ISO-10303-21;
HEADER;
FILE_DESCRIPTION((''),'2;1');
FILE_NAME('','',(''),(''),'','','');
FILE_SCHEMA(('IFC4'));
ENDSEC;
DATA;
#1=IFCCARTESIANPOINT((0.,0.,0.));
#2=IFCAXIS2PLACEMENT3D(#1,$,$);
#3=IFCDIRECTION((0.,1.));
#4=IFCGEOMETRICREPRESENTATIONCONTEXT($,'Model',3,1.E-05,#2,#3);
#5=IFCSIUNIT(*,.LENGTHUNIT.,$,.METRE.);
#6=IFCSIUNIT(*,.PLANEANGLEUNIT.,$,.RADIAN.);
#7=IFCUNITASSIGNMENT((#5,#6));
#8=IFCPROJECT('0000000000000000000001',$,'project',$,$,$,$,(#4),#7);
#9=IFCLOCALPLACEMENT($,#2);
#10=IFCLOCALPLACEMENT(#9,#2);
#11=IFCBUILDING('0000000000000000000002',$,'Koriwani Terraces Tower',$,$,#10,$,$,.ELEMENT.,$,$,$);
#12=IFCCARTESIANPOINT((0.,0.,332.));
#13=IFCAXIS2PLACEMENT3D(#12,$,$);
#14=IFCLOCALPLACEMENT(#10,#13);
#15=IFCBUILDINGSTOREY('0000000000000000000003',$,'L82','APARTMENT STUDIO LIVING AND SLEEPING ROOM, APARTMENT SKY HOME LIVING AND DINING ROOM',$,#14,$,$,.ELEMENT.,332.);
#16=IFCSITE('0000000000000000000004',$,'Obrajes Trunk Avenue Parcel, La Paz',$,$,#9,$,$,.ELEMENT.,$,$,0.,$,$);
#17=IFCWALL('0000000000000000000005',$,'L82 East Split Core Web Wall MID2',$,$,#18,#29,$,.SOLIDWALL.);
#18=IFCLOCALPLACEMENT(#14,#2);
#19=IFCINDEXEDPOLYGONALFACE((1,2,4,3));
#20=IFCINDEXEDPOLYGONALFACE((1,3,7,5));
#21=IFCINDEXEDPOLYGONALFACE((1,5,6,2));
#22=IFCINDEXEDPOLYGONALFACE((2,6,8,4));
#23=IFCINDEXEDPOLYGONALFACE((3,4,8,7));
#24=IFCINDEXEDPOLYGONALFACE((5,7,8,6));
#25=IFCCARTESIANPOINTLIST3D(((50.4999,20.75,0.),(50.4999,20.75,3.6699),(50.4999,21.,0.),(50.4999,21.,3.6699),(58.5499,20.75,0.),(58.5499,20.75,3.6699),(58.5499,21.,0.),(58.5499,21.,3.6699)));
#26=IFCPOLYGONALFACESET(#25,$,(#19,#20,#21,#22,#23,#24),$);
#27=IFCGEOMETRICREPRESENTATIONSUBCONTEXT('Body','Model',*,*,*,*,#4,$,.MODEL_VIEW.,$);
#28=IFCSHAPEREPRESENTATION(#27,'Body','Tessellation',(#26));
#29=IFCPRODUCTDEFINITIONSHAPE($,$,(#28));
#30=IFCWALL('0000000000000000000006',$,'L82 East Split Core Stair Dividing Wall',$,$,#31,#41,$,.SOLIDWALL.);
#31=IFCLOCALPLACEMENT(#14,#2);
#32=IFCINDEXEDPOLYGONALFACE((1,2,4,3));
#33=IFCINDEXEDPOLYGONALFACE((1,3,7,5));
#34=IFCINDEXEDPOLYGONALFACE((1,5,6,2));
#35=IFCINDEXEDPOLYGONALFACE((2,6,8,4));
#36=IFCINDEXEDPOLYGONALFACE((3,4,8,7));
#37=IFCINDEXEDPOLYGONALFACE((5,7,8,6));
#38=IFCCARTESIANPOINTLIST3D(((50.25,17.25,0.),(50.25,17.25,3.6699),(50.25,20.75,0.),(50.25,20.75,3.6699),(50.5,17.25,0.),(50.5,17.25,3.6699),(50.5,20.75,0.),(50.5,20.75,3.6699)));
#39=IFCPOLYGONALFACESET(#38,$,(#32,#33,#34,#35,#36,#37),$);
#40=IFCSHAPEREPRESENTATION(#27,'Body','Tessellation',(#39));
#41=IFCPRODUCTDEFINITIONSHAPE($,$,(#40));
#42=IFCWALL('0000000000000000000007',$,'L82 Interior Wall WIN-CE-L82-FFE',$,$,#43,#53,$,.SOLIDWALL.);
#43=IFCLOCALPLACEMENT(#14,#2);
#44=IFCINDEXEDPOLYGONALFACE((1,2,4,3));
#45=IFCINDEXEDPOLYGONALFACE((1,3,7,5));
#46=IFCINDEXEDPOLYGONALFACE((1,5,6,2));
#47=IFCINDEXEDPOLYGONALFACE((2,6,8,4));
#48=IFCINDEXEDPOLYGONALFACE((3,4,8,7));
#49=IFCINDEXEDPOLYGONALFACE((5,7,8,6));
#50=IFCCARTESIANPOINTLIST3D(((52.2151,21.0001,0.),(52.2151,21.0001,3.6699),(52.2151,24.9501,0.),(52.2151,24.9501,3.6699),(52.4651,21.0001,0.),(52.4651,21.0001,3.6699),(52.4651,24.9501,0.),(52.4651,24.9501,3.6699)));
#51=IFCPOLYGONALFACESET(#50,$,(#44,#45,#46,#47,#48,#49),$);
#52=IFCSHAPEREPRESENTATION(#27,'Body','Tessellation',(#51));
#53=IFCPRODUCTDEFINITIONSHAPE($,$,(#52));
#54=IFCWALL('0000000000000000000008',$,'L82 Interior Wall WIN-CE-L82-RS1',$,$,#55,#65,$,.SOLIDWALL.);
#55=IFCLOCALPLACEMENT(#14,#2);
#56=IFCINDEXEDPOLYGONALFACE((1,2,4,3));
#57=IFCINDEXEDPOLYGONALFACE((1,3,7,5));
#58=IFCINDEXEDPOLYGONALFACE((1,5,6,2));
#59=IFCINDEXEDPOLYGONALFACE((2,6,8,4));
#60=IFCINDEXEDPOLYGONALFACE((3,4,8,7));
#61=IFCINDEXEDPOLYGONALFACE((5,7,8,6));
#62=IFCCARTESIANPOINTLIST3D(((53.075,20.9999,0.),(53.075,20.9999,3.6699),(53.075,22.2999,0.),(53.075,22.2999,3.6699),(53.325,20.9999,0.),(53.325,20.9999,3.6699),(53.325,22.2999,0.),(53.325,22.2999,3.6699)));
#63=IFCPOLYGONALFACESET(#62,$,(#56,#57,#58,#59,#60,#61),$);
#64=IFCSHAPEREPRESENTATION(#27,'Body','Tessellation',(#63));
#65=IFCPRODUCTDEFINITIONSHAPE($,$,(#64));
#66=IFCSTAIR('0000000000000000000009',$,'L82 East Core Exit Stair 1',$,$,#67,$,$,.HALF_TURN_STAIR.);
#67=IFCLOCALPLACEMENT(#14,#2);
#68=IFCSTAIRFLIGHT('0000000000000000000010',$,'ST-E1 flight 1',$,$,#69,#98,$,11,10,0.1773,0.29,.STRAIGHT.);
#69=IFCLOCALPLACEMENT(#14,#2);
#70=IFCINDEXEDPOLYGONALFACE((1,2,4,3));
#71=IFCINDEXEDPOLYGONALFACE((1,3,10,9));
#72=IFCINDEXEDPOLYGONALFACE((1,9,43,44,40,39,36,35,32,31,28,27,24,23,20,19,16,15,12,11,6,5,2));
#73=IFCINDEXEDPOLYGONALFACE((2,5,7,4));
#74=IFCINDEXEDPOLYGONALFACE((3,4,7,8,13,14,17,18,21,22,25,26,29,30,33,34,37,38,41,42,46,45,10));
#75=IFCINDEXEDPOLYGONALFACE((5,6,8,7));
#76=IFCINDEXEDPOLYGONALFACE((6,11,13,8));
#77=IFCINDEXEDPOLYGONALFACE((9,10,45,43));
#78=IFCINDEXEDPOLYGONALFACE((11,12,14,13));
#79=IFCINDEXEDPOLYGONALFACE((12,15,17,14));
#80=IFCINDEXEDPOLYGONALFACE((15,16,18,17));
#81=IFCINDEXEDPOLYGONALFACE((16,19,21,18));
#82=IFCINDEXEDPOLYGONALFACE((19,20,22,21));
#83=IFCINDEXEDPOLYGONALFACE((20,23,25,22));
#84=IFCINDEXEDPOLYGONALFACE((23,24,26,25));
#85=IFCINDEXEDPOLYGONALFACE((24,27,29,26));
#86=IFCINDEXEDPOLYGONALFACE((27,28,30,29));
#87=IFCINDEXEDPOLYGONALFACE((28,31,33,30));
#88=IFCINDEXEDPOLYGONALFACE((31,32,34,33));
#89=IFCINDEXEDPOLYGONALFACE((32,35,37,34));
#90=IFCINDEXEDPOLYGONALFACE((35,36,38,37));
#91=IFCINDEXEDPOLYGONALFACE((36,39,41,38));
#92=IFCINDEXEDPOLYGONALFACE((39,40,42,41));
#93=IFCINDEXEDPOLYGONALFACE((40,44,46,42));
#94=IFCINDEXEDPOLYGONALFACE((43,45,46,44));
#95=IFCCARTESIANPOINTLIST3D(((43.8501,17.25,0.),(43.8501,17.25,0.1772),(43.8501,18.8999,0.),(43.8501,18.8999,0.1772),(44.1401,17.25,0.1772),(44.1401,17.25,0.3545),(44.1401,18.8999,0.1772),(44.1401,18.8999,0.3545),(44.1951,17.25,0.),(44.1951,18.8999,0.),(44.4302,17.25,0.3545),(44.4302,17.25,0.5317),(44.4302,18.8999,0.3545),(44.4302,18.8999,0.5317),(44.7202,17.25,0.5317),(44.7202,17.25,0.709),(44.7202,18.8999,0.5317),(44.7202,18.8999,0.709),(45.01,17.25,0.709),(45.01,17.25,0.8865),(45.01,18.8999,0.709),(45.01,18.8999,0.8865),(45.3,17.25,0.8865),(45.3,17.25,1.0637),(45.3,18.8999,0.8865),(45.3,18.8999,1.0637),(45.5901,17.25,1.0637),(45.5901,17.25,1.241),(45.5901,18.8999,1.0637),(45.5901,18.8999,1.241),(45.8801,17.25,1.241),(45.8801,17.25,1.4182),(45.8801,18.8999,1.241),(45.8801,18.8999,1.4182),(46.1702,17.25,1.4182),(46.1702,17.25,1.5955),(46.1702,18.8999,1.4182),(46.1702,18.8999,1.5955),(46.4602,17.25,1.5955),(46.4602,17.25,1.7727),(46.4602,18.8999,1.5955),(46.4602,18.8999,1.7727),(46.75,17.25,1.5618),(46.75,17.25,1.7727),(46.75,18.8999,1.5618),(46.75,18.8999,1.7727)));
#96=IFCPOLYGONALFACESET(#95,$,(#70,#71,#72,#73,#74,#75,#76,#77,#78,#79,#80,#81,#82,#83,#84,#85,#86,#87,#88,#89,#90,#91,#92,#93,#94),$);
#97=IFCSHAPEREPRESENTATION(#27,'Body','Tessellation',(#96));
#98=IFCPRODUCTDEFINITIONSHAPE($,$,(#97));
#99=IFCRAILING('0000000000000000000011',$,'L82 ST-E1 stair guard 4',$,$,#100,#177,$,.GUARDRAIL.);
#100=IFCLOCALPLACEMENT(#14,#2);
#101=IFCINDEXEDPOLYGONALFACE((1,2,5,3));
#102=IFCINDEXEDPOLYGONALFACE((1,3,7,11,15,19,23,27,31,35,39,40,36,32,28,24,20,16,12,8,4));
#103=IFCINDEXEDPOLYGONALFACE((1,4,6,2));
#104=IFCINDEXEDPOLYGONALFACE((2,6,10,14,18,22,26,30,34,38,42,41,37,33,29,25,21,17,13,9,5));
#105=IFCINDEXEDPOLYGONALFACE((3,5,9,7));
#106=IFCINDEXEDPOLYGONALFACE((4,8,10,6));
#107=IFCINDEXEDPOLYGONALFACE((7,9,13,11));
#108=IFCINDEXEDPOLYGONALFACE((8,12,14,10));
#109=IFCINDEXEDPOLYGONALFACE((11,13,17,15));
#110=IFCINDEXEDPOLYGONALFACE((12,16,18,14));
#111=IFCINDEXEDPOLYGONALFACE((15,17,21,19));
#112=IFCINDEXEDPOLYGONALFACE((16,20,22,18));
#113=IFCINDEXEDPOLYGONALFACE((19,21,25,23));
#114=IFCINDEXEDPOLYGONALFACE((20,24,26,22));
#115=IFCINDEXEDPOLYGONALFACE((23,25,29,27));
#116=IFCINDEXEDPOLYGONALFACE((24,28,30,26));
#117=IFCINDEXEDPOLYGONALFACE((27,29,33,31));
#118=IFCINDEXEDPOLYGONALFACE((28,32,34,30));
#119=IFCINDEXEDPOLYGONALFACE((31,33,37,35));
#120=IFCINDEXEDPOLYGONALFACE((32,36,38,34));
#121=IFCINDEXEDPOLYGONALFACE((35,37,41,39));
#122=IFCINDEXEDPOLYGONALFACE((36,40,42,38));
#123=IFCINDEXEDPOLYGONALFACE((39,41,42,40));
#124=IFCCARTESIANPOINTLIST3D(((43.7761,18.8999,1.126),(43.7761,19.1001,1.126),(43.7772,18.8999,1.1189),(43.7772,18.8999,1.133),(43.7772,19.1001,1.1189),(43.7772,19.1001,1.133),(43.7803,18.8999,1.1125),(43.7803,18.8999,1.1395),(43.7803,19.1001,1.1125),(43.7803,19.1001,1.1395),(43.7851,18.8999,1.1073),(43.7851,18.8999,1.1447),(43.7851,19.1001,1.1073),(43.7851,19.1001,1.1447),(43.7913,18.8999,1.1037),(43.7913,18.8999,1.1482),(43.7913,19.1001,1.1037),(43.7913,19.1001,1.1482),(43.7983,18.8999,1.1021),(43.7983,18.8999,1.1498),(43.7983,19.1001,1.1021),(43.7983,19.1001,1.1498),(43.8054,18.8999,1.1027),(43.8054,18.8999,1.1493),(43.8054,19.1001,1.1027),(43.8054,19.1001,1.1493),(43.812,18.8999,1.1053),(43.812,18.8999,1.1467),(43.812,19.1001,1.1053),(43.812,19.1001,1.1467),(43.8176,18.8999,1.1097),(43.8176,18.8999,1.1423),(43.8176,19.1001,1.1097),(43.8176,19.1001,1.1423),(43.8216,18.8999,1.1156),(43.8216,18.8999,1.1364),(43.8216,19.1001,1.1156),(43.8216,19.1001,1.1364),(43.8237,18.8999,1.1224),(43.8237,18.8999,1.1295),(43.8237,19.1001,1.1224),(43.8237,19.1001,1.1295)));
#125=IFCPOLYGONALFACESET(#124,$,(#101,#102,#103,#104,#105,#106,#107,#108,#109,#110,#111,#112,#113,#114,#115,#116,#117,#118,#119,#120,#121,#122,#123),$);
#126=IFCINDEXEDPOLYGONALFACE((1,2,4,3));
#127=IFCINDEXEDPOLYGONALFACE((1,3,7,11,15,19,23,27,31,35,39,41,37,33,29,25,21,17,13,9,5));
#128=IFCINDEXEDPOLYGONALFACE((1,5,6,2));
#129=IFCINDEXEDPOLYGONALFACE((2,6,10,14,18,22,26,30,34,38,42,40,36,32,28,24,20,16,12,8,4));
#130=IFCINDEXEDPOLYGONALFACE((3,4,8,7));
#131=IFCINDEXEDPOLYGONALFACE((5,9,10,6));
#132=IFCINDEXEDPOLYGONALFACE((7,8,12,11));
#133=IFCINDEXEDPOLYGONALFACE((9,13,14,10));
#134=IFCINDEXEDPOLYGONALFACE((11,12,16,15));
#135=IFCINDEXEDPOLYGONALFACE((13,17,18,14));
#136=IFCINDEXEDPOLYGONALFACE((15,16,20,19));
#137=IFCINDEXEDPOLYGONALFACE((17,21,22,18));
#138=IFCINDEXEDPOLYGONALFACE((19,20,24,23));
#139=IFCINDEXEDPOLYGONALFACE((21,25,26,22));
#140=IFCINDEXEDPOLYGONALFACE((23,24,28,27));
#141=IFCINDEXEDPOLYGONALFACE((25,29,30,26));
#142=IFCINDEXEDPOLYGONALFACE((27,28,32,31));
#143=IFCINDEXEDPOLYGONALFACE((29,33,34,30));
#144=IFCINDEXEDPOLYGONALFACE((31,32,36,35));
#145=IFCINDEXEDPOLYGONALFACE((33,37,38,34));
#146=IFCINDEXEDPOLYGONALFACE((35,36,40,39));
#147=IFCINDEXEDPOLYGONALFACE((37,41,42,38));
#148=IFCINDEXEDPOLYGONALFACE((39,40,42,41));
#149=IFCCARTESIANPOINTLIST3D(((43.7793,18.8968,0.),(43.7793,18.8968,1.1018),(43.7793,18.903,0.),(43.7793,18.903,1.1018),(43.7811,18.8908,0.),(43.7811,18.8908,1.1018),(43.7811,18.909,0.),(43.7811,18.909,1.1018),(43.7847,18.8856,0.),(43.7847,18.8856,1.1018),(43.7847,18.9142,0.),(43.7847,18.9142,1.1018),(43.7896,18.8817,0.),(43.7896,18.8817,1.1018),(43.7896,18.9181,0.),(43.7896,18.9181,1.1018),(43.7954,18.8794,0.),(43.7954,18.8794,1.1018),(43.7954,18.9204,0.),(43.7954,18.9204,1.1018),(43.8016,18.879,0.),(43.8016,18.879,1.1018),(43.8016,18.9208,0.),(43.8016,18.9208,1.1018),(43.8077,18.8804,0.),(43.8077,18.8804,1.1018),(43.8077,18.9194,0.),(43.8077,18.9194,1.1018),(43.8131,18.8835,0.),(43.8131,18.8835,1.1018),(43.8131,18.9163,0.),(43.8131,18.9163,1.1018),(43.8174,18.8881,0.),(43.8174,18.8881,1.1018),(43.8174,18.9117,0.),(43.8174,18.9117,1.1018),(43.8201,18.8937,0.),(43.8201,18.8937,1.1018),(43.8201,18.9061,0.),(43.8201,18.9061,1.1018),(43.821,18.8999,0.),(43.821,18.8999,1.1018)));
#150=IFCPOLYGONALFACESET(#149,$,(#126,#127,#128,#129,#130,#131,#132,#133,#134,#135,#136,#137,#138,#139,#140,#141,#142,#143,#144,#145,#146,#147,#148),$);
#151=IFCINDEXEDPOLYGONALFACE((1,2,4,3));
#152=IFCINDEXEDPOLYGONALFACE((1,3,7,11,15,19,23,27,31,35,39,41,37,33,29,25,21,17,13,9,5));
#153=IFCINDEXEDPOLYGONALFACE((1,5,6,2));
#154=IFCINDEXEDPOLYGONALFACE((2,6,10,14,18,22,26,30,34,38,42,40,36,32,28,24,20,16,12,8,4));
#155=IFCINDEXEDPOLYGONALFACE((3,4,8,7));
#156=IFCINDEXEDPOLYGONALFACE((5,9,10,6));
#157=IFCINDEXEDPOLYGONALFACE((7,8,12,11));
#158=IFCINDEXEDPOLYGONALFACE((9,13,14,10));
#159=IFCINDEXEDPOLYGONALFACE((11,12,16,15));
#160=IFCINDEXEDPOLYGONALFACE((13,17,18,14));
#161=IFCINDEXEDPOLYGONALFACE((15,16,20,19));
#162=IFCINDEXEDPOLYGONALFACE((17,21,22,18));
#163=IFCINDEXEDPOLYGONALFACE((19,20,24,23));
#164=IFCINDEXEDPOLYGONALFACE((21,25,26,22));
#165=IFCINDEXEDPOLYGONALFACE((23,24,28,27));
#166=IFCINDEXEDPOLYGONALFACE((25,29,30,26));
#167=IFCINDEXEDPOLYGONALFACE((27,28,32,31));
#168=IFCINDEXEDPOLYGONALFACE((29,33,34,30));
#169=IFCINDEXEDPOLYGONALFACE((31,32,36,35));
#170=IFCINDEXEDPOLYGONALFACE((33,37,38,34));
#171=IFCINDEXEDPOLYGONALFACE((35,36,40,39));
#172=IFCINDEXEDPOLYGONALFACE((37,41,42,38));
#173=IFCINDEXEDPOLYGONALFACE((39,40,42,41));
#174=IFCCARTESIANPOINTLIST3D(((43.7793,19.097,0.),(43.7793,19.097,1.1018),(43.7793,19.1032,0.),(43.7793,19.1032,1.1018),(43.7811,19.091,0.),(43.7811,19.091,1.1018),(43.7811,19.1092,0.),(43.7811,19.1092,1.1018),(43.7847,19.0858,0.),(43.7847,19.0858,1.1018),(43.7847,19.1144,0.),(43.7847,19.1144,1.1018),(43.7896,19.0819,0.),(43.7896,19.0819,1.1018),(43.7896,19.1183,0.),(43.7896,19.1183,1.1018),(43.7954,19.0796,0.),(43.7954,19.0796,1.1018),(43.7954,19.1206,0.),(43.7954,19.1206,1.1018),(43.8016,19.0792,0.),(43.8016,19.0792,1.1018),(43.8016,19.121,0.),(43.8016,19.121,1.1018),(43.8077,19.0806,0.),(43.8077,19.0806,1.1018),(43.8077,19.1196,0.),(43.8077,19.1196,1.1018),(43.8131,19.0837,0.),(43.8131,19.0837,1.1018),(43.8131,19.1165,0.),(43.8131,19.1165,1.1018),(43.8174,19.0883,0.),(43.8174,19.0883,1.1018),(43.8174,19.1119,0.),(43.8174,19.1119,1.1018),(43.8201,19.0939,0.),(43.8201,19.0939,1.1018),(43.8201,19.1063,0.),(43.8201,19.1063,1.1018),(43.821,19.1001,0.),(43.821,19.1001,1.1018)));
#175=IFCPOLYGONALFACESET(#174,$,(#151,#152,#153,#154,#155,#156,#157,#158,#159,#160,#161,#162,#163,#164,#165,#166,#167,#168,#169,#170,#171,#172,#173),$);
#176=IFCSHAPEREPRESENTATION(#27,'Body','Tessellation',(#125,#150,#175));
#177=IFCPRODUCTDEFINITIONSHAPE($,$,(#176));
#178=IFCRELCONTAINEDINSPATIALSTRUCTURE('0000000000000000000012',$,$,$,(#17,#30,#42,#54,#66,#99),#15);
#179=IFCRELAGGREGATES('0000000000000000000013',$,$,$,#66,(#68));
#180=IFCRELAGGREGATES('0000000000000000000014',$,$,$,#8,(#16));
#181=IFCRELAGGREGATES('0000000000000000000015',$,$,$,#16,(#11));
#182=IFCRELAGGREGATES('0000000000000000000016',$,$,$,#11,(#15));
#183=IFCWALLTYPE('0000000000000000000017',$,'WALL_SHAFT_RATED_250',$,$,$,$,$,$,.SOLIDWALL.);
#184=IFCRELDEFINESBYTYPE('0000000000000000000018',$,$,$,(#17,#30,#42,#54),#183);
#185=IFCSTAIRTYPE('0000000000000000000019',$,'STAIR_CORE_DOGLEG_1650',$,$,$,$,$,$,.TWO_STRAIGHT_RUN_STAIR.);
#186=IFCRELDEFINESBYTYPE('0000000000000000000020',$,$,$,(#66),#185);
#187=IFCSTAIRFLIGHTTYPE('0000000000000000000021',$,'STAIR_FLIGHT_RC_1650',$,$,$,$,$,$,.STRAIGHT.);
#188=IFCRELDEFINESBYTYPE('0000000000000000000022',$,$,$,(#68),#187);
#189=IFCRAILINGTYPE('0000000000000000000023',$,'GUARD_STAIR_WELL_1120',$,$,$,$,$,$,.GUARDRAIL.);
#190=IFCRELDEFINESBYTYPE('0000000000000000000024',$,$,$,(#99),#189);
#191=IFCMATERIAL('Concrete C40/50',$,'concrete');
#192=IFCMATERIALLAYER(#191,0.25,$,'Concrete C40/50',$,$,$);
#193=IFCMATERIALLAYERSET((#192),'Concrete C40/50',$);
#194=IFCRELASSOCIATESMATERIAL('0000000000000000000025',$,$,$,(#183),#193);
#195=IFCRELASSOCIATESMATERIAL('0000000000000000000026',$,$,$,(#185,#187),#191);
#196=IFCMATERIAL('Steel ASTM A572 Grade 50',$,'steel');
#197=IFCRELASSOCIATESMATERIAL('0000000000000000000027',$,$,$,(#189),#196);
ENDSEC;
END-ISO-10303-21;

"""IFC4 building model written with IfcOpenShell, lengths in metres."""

from ifc_helpers import new_model, si_unit, direction, frame, frame_2d, origin, origin_2d, place, context, subcontext, project, spatial, polyline, rectangle, circle, outline, extrude, material, layer, layer_set, type_object, element, aggregate, save


model = new_model("IFC4")

# Units and contexts
model_context = context("Model", 3, precision=1e-05, world=origin(), true_north=direction((0.0, 1.0)))
body_context = subcontext(model_context, "Body", "Model", "MODEL_VIEW")
ifc_project = project(units=[si_unit("LENGTHUNIT", "METRE"), si_unit("PLANEANGLEUNIT", "RADIAN")], contexts=[model_context])

# Site, building, storey
site_placement = place(None, origin())
site = spatial("IfcSite", under=ifc_project, at=site_placement, Name="Obrajes Trunk Avenue Parcel, La Paz", CompositionType="ELEMENT", RefElevation=0.0)
building_placement = place(site_placement, origin())
building = spatial("IfcBuilding", under=site, at=building_placement, Name="Koriwani Terraces Tower", CompositionType="ELEMENT")
storey_placement = place(building_placement, frame((0.0, 0.0, 332.0)))
storey = spatial("IfcBuildingStorey", under=building, at=storey_placement, Name="L82", Description="APARTMENT STUDIO LIVING AND SLEEPING ROOM, APARTMENT SKY HOME LIVING AND DINING ROOM", CompositionType="ELEMENT", Elevation=332.0)

# Shared definitions
ifc_material_1 = material(Name="Concrete C40/50", Category="concrete")
ifc_material_2 = material(Name="Steel ASTM A572 Grade 50", Category="steel")

# Walls
ifc_layer_1 = layer(ifc_material_1, 0.25, Name="Concrete C40/50")
ifc_layer_set_1 = layer_set([ifc_layer_1], Name="Concrete C40/50")
wall_type_1 = type_object("IfcWallType", Name="WALL_SHAFT_RATED_250", PredefinedType="SOLIDWALL", material=ifc_layer_set_1)
for number, where, z_axis, x_axis, name in (
    (1, (50.5, 20.875, 0.0), (0.0, 0.0, 1.0), (1.0, 0.0, 0.0), "L82 East Split Core Web Wall MID2"),
):
    element("IfcWall", number, at=place(storey_placement, frame(where, z_axis=z_axis, x_axis=x_axis)), inside=storey, type_object=wall_type_1, Name=name, PredefinedType="SOLIDWALL", context=body_context, shape_type="SweptSolid", body=[
        extrude(rectangle(XDim=8.05, YDim=0.25, at=frame_2d((4.0249, 0.0))), origin(), (0.0, 0.0, 1.0), 3.6699),
    ])
wall_1_placement = place(storey_placement, frame((50.375, 17.25, 0.0), z_axis=(0.0, 0.0, 1.0), x_axis=(0.0, 1.0, 0.0)))
element("IfcWall", 2, at=wall_1_placement, inside=storey, type_object=wall_type_1, Name="L82 East Split Core Stair Dividing Wall", PredefinedType="SOLIDWALL", context=body_context, shape_type="SweptSolid", body=[
    extrude(rectangle(XDim=3.5, YDim=0.25, at=frame_2d((1.75, 0.0))), origin(), (0.0, 0.0, 1.0), 3.6699),
])

# Walls
wall_2_placement = place(storey_placement, frame((52.3401, 21.0, 0.0), z_axis=(0.0, 0.0, 1.0), x_axis=(0.0, 1.0, 0.0)))
element("IfcWall", 3, at=wall_2_placement, inside=storey, type_object=wall_type_1, Name="L82 Interior Wall WIN-CE-L82-FFE", PredefinedType="SOLIDWALL", context=body_context, shape_type="SweptSolid", body=[
    extrude(rectangle(XDim=3.95, YDim=0.25, at=frame_2d((1.9751, 0.0))), origin(), (0.0, 0.0, 1.0), 3.6699),
])
wall_3_placement = place(storey_placement, frame((53.2, 21.0, 0.0), z_axis=(0.0, 0.0, 1.0), x_axis=(0.0, 1.0, 0.0)))
element("IfcWall", 4, at=wall_3_placement, inside=storey, type_object=wall_type_1, Name="L82 Interior Wall WIN-CE-L82-RS1", PredefinedType="SOLIDWALL", context=body_context, shape_type="SweptSolid", body=[
    extrude(rectangle(XDim=1.3, YDim=0.25, at=frame_2d((0.6499, 0.0))), origin(), (0.0, 0.0, 1.0), 3.6699),
])

# Stair, stair flight
stair_type = type_object("IfcStairType", Name="STAIR_CORE_DOGLEG_1650", PredefinedType="TWO_STRAIGHT_RUN_STAIR", material=ifc_material_1)
stair_placement = place(storey_placement, origin())
stair = element("IfcStair", 5, at=stair_placement, inside=storey, type_object=stair_type, Name="L82 East Core Exit Stair 1", PredefinedType="HALF_TURN_STAIR")
stair_flight_type = type_object("IfcStairFlightType", Name="STAIR_FLIGHT_RC_1650", PredefinedType="STRAIGHT", material=ifc_material_1)
stair_flight_placement = place(storey_placement, frame((43.8501, 18.075, 0.0), z_axis=(0.0, 0.0, 1.0), x_axis=(1.0, 0.0, 0.0)))
stair_flight = element("IfcStairFlight", 6, at=stair_flight_placement, type_object=stair_flight_type, Name="ST-E1 flight 1", NumberOfRisers=11, NumberOfTreads=10, PredefinedType="STRAIGHT", RiserHeight=0.1773, TreadLength=0.29, context=body_context, shape_type="SweptSolid", body=[
    extrude(outline(polyline([(0.0, 0.0), (0.0, 0.1772), (0.29, 0.1772), (0.29, 0.3545), (0.5801, 0.3545), (0.5801, 0.5317), (0.8701, 0.5317), (0.8701, 0.709), (1.1599, 0.709), (1.1599, 0.8865), (1.45, 0.8865), (1.45, 1.0637), (1.74, 1.0637), (1.74, 1.241), (2.03, 1.241), (2.03, 1.4182), (2.3201, 1.4182), (2.3201, 1.5955), (2.6101, 1.5955), (2.6101, 1.7727), (2.8999, 1.7727), (2.8999, 1.95), (2.8999, 1.5618), (0.345, 0.0), (0.0, 0.0)])), frame((0.0, 0.825, 0.0), z_axis=(0.0, -1.0, 0.0), x_axis=(1.0, 0.0, 0.0)), (0.0, 0.0, 1.0), 1.6499),
])
aggregate(stair, [stair_flight])

# Railing
railing_type = type_object("IfcRailingType", Name="GUARD_STAIR_WELL_1120", PredefinedType="GUARDRAIL", material=ifc_material_2)
railing_placement = place(storey_placement, frame((43.8, 18.8999, 0.0)))
element("IfcRailing", 7, at=railing_placement, inside=storey, type_object=railing_type, Name="L82 ST-E1 stair guard 4", PredefinedType="GUARDRAIL", context=body_context, shape_type="SweptSolid", body=[
    extrude(circle(Radius=0.0239, at=origin_2d()), frame((0.0, 0.0, 1.126), z_axis=(0.0, 1.0, 0.0), x_axis=(-1.0, 0.0, 0.0)), (0.0, 0.0, 1.0), 0.2002),
    extrude(circle(Radius=0.021, at=origin_2d()), origin(), (0.0, 0.0, 1.0), 1.1018),
    extrude(circle(Radius=0.021, at=origin_2d()), frame((0.0, 0.2002, 0.0)), (0.0, 0.0, 1.0), 1.1018),
])

save(model, "model.ifc")
